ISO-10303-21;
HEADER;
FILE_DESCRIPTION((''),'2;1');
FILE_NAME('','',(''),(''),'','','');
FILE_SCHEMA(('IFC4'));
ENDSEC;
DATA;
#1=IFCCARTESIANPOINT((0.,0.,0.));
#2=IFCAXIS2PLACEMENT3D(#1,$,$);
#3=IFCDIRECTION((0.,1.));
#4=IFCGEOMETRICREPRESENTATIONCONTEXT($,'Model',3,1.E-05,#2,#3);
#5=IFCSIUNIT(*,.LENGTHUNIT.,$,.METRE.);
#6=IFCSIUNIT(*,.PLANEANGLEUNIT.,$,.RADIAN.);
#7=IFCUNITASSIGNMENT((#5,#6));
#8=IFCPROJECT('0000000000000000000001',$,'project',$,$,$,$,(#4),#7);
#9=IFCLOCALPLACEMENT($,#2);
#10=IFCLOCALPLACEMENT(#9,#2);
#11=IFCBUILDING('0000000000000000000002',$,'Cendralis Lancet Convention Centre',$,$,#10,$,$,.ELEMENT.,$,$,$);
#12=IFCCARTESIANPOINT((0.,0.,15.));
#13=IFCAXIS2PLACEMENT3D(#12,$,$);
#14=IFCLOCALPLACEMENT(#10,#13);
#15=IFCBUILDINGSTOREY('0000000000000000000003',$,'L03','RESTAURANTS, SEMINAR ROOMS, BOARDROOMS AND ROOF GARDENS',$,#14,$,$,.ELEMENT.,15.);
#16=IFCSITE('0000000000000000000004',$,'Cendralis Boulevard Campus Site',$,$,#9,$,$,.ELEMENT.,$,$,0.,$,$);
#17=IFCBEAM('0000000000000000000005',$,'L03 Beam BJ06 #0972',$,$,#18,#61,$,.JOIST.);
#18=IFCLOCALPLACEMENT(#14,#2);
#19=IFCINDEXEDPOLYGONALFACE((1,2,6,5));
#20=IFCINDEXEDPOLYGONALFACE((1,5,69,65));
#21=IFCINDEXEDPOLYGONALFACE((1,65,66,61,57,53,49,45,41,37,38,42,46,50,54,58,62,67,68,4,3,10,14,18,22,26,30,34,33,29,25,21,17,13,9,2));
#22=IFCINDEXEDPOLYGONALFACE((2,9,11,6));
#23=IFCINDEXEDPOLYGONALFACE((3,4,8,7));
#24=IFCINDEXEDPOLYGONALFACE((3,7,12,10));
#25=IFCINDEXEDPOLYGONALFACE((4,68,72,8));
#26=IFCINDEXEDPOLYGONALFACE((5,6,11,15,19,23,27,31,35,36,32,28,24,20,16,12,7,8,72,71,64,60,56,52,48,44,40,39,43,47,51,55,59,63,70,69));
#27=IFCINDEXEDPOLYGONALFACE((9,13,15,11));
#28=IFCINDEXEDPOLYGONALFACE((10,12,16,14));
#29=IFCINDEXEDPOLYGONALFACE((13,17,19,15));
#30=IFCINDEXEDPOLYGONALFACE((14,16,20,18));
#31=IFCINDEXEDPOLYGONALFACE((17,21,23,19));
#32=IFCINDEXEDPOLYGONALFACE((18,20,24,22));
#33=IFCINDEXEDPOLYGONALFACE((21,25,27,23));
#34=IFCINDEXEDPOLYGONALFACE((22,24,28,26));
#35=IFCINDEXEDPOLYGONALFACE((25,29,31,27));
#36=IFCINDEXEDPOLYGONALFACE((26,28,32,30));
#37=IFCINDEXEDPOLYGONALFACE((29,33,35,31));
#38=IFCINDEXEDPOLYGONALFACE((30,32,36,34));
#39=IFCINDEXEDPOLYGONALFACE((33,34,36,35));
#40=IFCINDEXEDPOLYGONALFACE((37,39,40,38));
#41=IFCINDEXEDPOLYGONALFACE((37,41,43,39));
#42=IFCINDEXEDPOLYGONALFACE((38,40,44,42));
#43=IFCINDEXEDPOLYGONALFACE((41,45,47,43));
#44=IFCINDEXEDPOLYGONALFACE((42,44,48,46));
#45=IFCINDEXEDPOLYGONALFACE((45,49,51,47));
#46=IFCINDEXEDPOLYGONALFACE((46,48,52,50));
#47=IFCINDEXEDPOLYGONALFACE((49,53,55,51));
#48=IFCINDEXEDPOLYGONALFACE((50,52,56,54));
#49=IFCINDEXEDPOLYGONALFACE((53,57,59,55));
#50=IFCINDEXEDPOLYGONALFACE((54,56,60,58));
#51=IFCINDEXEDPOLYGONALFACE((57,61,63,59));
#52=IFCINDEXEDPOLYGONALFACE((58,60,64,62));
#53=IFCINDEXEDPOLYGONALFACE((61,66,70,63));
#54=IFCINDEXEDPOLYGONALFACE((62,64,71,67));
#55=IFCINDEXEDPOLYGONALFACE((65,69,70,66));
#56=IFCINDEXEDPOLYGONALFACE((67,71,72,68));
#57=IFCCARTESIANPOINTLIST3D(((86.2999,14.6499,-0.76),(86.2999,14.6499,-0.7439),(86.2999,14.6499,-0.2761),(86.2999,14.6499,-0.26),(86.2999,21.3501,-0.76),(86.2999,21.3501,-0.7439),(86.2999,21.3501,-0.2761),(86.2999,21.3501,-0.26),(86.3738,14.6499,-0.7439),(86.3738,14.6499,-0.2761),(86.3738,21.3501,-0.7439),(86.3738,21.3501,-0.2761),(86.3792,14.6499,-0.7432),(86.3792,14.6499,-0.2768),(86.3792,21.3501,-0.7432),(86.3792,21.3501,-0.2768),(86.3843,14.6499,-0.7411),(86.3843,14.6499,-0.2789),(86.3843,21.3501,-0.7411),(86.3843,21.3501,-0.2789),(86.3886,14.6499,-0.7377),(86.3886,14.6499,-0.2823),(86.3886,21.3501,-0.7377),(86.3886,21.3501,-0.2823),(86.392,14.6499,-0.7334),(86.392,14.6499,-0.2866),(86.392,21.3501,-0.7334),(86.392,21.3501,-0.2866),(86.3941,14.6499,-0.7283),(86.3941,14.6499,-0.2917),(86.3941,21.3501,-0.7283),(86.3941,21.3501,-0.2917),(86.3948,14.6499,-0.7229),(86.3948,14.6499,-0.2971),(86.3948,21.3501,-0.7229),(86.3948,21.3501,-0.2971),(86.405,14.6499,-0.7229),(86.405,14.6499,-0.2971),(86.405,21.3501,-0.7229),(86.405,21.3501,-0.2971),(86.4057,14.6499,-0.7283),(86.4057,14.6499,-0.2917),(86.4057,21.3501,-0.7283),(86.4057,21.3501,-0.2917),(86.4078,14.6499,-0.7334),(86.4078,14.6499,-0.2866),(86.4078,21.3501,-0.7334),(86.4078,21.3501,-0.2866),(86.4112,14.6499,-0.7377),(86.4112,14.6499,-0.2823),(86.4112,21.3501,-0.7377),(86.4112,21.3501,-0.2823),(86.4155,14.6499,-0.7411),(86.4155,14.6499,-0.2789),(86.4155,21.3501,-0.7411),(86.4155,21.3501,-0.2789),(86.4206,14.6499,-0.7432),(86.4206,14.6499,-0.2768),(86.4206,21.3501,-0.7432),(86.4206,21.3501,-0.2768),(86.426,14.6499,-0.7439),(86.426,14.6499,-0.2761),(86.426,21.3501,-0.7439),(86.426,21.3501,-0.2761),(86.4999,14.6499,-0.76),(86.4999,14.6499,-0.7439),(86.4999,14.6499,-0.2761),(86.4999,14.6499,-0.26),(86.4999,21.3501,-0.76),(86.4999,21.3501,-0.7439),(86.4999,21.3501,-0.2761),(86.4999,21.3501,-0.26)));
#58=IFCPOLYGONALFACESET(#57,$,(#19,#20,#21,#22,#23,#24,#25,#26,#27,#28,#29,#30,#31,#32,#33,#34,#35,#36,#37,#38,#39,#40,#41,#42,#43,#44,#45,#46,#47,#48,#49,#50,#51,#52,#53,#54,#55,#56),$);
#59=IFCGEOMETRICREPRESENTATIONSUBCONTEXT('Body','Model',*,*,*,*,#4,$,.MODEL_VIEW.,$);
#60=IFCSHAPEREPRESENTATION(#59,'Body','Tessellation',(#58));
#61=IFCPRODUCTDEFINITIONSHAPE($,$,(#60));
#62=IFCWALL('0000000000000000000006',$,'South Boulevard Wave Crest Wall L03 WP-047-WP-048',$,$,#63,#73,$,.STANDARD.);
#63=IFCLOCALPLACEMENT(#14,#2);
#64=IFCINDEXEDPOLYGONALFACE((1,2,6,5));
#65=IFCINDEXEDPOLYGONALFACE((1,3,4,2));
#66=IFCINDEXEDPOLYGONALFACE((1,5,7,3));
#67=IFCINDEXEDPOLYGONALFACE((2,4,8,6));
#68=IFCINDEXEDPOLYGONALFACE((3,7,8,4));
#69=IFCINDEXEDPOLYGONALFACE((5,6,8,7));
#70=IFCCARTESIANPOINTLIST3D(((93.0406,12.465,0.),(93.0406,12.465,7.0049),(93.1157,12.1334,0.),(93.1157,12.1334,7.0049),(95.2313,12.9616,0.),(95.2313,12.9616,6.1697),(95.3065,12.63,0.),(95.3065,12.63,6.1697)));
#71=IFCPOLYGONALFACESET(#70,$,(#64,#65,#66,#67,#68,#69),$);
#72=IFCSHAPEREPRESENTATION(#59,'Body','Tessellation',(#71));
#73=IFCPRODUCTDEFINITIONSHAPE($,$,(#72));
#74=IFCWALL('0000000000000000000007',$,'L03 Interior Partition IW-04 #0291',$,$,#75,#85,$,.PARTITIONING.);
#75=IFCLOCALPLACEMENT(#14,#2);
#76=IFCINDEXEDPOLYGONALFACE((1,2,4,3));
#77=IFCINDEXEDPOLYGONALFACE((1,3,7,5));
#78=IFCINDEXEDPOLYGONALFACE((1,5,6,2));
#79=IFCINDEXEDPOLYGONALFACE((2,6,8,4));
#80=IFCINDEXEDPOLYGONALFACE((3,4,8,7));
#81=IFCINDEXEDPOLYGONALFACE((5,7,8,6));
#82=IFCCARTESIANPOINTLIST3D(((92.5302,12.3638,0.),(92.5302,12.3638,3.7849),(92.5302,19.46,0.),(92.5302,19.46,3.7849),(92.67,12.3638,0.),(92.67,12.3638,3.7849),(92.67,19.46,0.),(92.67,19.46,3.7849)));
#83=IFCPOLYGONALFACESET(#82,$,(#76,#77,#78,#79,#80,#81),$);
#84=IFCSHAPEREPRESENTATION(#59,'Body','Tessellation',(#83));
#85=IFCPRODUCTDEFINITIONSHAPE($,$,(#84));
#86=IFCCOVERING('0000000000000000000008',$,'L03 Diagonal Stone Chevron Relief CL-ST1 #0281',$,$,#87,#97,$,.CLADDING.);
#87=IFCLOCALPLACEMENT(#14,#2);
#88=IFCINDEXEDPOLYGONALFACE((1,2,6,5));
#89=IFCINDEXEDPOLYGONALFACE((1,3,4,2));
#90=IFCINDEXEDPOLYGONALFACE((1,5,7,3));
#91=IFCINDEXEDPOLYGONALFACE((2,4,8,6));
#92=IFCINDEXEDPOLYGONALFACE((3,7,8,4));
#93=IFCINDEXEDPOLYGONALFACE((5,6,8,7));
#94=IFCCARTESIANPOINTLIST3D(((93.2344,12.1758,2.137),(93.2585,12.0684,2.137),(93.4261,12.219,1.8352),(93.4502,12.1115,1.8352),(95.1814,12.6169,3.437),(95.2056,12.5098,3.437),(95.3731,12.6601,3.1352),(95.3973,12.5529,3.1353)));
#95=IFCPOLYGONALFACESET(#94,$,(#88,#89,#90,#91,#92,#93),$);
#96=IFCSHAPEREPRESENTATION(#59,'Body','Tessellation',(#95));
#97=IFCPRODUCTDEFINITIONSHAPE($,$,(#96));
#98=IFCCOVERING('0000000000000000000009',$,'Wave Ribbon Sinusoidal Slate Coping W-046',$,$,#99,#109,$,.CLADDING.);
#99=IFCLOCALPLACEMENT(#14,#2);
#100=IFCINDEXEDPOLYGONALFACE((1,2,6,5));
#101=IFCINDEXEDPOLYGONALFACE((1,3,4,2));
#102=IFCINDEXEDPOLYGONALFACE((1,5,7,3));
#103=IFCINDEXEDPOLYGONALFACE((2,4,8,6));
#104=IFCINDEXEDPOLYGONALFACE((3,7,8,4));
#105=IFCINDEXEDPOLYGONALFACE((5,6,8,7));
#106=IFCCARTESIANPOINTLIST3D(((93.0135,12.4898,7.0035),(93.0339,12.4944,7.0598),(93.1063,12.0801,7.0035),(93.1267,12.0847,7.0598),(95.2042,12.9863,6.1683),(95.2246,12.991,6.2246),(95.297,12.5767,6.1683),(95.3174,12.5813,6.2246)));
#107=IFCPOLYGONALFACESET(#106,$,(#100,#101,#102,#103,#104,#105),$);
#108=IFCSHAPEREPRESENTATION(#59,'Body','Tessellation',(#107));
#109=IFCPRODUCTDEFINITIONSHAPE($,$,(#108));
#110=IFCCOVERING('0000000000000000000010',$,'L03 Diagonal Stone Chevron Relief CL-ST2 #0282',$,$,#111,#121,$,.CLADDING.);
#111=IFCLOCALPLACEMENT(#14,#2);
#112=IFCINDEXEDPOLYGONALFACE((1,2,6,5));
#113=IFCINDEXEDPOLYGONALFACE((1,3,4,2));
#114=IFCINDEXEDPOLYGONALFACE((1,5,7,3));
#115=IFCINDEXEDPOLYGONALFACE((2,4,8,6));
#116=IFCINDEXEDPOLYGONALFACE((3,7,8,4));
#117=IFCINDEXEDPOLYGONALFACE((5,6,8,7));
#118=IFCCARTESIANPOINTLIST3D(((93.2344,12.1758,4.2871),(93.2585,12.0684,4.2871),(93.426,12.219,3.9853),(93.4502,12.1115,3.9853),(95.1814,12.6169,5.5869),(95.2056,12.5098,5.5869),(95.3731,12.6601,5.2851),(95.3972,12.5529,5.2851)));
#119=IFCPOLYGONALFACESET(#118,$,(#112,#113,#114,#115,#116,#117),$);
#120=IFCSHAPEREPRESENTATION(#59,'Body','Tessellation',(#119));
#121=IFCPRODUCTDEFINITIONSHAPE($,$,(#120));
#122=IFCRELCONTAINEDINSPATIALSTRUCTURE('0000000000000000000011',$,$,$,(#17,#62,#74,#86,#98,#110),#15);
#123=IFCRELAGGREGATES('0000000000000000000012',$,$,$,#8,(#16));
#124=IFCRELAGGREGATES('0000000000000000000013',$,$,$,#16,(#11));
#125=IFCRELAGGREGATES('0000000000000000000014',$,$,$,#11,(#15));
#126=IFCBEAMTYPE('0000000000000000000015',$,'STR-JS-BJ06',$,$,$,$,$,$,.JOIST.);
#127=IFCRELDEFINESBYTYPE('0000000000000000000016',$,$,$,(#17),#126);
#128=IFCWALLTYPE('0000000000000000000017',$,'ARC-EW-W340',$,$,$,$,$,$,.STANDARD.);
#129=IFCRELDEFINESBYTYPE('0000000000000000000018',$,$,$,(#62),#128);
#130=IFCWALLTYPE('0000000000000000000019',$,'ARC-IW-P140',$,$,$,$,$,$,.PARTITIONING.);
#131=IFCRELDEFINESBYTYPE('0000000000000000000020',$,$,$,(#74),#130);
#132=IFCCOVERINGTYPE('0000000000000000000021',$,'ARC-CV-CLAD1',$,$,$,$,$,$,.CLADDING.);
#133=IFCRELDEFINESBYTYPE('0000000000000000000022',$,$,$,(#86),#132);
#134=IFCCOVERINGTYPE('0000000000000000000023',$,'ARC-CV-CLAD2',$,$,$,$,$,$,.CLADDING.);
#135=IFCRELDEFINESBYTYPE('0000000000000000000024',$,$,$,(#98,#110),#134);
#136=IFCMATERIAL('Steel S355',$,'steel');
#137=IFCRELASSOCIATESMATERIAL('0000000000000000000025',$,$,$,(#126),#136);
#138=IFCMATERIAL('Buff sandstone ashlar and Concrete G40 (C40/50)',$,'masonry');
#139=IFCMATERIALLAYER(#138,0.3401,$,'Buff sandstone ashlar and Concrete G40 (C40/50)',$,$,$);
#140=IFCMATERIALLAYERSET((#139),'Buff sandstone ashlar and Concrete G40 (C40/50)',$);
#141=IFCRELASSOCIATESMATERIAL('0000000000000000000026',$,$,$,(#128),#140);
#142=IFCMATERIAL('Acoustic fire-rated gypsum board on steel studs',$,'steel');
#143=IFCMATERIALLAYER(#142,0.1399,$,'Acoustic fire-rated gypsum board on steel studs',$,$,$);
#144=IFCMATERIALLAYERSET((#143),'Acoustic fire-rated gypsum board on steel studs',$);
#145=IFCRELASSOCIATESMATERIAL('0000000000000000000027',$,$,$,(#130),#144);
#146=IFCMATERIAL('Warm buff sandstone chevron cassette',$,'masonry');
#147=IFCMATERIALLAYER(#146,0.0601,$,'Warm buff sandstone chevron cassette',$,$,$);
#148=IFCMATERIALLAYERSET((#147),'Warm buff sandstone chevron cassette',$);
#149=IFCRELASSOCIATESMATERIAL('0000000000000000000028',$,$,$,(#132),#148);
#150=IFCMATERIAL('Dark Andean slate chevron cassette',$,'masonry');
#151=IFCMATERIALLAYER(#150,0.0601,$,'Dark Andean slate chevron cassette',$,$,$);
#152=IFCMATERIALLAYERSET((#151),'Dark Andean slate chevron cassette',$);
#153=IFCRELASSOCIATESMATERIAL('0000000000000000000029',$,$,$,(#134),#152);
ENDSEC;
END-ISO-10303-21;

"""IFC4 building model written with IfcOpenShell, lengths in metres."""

from ifc_helpers import new_model, si_unit, direction, frame, frame_2d, origin, origin_2d, place, context, subcontext, project, spatial, polyline, rectangle, i_section, outline, extrude, material, layer, layer_set, material_profile, profile_set, type_object, element, save


model = new_model("IFC4")

# Units and contexts
model_context = context("Model", 3, precision=1e-05, world=origin(), true_north=direction((0.0, 1.0)))
body_context = subcontext(model_context, "Body", "Model", "MODEL_VIEW")
ifc_project = project(units=[si_unit("LENGTHUNIT", "METRE"), si_unit("PLANEANGLEUNIT", "RADIAN")], contexts=[model_context])

# Site, building, storey
site_placement = place(None, origin())
site = spatial("IfcSite", under=ifc_project, at=site_placement, Name="Cendralis Boulevard Campus Site", CompositionType="ELEMENT", RefElevation=0.0)
building_placement = place(site_placement, origin())
building = spatial("IfcBuilding", under=site, at=building_placement, Name="Cendralis Lancet Convention Centre", CompositionType="ELEMENT")
storey_placement = place(building_placement, frame((0.0, 0.0, 15.0)))
storey = spatial("IfcBuildingStorey", under=building, at=storey_placement, Name="L03", Description="RESTAURANTS, SEMINAR ROOMS, BOARDROOMS AND ROOF GARDENS", CompositionType="ELEMENT", Elevation=15.0)

# Beam
ifc_material_1 = material(Name="Steel S355", Category="steel")
ifc_material_profile_1 = material_profile(ifc_material_1, i_section(OverallWidth=0.2, OverallDepth=0.5, WebThickness=0.0103, FlangeThickness=0.0161, FilletRadius=0.021, at=origin_2d()), Name="IPE 500")
ifc_profile_set_1 = profile_set([ifc_material_profile_1], Name="Steel S355")
beam_type_1 = type_object("IfcBeamType", Name="STR-JS-BJ06", PredefinedType="JOIST", material=ifc_profile_set_1)
beam_1_placement = place(storey_placement, frame((86.3999, 14.6499, -0.51), z_axis=(0.0, 1.0, 0.0), x_axis=(-1.0, 0.0, 0.0)))
element("IfcBeam", 1, at=beam_1_placement, inside=storey, type_object=beam_type_1, Name="L03 Beam BJ06 #0972", PredefinedType="JOIST", context=body_context, shape_type="SweptSolid", body=[
    extrude(i_section(OverallWidth=0.2, OverallDepth=0.5, WebThickness=0.0103, FlangeThickness=0.0161, FilletRadius=0.021, at=origin_2d()), origin(), (0.0, 0.0, 1.0), 6.7002),
])

# Walls
ifc_material_2 = material(Name="Buff sandstone ashlar and Concrete G40 (C40/50)", Category="masonry")
ifc_layer_1 = layer(ifc_material_2, 0.3401, Name="Buff sandstone ashlar and Concrete G40 (C40/50)")
ifc_layer_set_1 = layer_set([ifc_layer_1], Name="Buff sandstone ashlar and Concrete G40 (C40/50)")
wall_type_1 = type_object("IfcWallType", Name="ARC-EW-W340", PredefinedType="STANDARD", material=ifc_layer_set_1)
wall_1_placement = place(storey_placement, frame((93.0781, 12.2993, 0.0), z_axis=(0.0, 0.0, 1.0), x_axis=(0.975258, 0.221071, 0.0)))
element("IfcWall", 2, at=wall_1_placement, inside=storey, type_object=wall_type_1, Name="South Boulevard Wave Crest Wall L03 WP-047-WP-048", PredefinedType="STANDARD", context=body_context, shape_type="SweptSolid", body=[
    extrude(outline(polyline([(0.0, 0.0), (2.2463, 0.0), (2.2463, 6.1697), (0.0, 7.0049), (0.0, 0.0)])), frame((0.0, 0.1699, 0.0), z_axis=(0.0, -1.0, 0.0), x_axis=(1.0, 0.0, 0.0)), (0.0, 0.0, 1.0), 0.3401),
])
ifc_material_3 = material(Name="Acoustic fire-rated gypsum board on steel studs", Category="steel")
ifc_layer_2 = layer(ifc_material_3, 0.1399, Name="Acoustic fire-rated gypsum board on steel studs")
ifc_layer_set_2 = layer_set([ifc_layer_2], Name="Acoustic fire-rated gypsum board on steel studs")
wall_type_2 = type_object("IfcWallType", Name="ARC-IW-P140", PredefinedType="PARTITIONING", material=ifc_layer_set_2)
wall_2_placement = place(storey_placement, frame((92.6001, 12.3638, 0.0), z_axis=(0.0, 0.0, 1.0), x_axis=(0.0, 1.0, 0.0)))
element("IfcWall", 3, at=wall_2_placement, inside=storey, type_object=wall_type_2, Name="L03 Interior Partition IW-04 #0291", PredefinedType="PARTITIONING", context=body_context, shape_type="SweptSolid", body=[
    extrude(rectangle(XDim=7.0962, YDim=0.1399, at=frame_2d((3.5481, 0.0))), origin(), (0.0, 0.0, 1.0), 3.7849),
])

# Coverings
ifc_material_4 = material(Name="Warm buff sandstone chevron cassette", Category="masonry")
ifc_layer_3 = layer(ifc_material_4, 0.0601, Name="Warm buff sandstone chevron cassette")
ifc_layer_set_3 = layer_set([ifc_layer_3], Name="Warm buff sandstone chevron cassette")
covering_type_1 = type_object("IfcCoveringType", Name="ARC-CV-CLAD1", PredefinedType="CLADDING", material=ifc_layer_set_3)
covering_1_placement = place(storey_placement, frame((93.2585, 12.0684, 2.137), z_axis=(-0.532354, -0.119916, 0.837985), x_axis=(0.817247, 0.185277, 0.545692)))
element("IfcCovering", 4, at=covering_1_placement, inside=storey, type_object=covering_type_1, Name="L03 Diagonal Stone Chevron Relief CL-ST1 #0281", PredefinedType="CLADDING", context=body_context, shape_type="SweptSolid", body=[
    extrude(outline(polyline([(0.0, 0.0), (2.3824, 0.0), (2.3825, 0.1099), (0.0001, 0.1101), (0.0, 0.0)])), origin(), (0.0, 0.0, -1.0), 0.3601),
])
ifc_material_5 = material(Name="Dark Andean slate chevron cassette", Category="masonry")
ifc_layer_4 = layer(ifc_material_5, 0.0601, Name="Dark Andean slate chevron cassette")
ifc_layer_set_4 = layer_set([ifc_layer_4], Name="Dark Andean slate chevron cassette")
covering_type_2 = type_object("IfcCoveringType", Name="ARC-CV-CLAD2", PredefinedType="CLADDING", material=ifc_layer_set_4)
covering_2_placement = place(storey_placement, frame((93.1267, 12.0847, 7.0598), z_axis=(0.339903, 0.076975, 0.937305), x_axis=(0.914114, 0.207211, -0.34851)))
element("IfcCovering", 5, at=covering_2_placement, inside=storey, type_object=covering_type_2, Name="Wave Ribbon Sinusoidal Slate Coping W-046", PredefinedType="CLADDING", context=body_context, shape_type="SweptSolid", body=[
    extrude(outline(polyline([(0.0, 0.0), (2.3965, 0.0), (2.3966, 0.42), (0.0001, 0.42), (0.0, 0.0)])), origin(), (0.0, 0.0, -1.0), 0.0601),
])
covering_3_placement = place(storey_placement, frame((93.2585, 12.0684, 4.2871), z_axis=(-0.532284, -0.1199, 0.838032), x_axis=(0.817292, 0.185287, 0.545621)))
element("IfcCovering", 6, at=covering_3_placement, inside=storey, type_object=covering_type_2, Name="L03 Diagonal Stone Chevron Relief CL-ST2 #0282", PredefinedType="CLADDING", context=body_context, shape_type="SweptSolid", body=[
    extrude(outline(polyline([(0.0, 0.0), (2.3823, 0.0), (2.3824, 0.1099), (0.0001, 0.1101), (0.0, 0.0)])), origin(), (0.0, 0.0, -1.0), 0.3601),
])

save(model, "model.ifc")
